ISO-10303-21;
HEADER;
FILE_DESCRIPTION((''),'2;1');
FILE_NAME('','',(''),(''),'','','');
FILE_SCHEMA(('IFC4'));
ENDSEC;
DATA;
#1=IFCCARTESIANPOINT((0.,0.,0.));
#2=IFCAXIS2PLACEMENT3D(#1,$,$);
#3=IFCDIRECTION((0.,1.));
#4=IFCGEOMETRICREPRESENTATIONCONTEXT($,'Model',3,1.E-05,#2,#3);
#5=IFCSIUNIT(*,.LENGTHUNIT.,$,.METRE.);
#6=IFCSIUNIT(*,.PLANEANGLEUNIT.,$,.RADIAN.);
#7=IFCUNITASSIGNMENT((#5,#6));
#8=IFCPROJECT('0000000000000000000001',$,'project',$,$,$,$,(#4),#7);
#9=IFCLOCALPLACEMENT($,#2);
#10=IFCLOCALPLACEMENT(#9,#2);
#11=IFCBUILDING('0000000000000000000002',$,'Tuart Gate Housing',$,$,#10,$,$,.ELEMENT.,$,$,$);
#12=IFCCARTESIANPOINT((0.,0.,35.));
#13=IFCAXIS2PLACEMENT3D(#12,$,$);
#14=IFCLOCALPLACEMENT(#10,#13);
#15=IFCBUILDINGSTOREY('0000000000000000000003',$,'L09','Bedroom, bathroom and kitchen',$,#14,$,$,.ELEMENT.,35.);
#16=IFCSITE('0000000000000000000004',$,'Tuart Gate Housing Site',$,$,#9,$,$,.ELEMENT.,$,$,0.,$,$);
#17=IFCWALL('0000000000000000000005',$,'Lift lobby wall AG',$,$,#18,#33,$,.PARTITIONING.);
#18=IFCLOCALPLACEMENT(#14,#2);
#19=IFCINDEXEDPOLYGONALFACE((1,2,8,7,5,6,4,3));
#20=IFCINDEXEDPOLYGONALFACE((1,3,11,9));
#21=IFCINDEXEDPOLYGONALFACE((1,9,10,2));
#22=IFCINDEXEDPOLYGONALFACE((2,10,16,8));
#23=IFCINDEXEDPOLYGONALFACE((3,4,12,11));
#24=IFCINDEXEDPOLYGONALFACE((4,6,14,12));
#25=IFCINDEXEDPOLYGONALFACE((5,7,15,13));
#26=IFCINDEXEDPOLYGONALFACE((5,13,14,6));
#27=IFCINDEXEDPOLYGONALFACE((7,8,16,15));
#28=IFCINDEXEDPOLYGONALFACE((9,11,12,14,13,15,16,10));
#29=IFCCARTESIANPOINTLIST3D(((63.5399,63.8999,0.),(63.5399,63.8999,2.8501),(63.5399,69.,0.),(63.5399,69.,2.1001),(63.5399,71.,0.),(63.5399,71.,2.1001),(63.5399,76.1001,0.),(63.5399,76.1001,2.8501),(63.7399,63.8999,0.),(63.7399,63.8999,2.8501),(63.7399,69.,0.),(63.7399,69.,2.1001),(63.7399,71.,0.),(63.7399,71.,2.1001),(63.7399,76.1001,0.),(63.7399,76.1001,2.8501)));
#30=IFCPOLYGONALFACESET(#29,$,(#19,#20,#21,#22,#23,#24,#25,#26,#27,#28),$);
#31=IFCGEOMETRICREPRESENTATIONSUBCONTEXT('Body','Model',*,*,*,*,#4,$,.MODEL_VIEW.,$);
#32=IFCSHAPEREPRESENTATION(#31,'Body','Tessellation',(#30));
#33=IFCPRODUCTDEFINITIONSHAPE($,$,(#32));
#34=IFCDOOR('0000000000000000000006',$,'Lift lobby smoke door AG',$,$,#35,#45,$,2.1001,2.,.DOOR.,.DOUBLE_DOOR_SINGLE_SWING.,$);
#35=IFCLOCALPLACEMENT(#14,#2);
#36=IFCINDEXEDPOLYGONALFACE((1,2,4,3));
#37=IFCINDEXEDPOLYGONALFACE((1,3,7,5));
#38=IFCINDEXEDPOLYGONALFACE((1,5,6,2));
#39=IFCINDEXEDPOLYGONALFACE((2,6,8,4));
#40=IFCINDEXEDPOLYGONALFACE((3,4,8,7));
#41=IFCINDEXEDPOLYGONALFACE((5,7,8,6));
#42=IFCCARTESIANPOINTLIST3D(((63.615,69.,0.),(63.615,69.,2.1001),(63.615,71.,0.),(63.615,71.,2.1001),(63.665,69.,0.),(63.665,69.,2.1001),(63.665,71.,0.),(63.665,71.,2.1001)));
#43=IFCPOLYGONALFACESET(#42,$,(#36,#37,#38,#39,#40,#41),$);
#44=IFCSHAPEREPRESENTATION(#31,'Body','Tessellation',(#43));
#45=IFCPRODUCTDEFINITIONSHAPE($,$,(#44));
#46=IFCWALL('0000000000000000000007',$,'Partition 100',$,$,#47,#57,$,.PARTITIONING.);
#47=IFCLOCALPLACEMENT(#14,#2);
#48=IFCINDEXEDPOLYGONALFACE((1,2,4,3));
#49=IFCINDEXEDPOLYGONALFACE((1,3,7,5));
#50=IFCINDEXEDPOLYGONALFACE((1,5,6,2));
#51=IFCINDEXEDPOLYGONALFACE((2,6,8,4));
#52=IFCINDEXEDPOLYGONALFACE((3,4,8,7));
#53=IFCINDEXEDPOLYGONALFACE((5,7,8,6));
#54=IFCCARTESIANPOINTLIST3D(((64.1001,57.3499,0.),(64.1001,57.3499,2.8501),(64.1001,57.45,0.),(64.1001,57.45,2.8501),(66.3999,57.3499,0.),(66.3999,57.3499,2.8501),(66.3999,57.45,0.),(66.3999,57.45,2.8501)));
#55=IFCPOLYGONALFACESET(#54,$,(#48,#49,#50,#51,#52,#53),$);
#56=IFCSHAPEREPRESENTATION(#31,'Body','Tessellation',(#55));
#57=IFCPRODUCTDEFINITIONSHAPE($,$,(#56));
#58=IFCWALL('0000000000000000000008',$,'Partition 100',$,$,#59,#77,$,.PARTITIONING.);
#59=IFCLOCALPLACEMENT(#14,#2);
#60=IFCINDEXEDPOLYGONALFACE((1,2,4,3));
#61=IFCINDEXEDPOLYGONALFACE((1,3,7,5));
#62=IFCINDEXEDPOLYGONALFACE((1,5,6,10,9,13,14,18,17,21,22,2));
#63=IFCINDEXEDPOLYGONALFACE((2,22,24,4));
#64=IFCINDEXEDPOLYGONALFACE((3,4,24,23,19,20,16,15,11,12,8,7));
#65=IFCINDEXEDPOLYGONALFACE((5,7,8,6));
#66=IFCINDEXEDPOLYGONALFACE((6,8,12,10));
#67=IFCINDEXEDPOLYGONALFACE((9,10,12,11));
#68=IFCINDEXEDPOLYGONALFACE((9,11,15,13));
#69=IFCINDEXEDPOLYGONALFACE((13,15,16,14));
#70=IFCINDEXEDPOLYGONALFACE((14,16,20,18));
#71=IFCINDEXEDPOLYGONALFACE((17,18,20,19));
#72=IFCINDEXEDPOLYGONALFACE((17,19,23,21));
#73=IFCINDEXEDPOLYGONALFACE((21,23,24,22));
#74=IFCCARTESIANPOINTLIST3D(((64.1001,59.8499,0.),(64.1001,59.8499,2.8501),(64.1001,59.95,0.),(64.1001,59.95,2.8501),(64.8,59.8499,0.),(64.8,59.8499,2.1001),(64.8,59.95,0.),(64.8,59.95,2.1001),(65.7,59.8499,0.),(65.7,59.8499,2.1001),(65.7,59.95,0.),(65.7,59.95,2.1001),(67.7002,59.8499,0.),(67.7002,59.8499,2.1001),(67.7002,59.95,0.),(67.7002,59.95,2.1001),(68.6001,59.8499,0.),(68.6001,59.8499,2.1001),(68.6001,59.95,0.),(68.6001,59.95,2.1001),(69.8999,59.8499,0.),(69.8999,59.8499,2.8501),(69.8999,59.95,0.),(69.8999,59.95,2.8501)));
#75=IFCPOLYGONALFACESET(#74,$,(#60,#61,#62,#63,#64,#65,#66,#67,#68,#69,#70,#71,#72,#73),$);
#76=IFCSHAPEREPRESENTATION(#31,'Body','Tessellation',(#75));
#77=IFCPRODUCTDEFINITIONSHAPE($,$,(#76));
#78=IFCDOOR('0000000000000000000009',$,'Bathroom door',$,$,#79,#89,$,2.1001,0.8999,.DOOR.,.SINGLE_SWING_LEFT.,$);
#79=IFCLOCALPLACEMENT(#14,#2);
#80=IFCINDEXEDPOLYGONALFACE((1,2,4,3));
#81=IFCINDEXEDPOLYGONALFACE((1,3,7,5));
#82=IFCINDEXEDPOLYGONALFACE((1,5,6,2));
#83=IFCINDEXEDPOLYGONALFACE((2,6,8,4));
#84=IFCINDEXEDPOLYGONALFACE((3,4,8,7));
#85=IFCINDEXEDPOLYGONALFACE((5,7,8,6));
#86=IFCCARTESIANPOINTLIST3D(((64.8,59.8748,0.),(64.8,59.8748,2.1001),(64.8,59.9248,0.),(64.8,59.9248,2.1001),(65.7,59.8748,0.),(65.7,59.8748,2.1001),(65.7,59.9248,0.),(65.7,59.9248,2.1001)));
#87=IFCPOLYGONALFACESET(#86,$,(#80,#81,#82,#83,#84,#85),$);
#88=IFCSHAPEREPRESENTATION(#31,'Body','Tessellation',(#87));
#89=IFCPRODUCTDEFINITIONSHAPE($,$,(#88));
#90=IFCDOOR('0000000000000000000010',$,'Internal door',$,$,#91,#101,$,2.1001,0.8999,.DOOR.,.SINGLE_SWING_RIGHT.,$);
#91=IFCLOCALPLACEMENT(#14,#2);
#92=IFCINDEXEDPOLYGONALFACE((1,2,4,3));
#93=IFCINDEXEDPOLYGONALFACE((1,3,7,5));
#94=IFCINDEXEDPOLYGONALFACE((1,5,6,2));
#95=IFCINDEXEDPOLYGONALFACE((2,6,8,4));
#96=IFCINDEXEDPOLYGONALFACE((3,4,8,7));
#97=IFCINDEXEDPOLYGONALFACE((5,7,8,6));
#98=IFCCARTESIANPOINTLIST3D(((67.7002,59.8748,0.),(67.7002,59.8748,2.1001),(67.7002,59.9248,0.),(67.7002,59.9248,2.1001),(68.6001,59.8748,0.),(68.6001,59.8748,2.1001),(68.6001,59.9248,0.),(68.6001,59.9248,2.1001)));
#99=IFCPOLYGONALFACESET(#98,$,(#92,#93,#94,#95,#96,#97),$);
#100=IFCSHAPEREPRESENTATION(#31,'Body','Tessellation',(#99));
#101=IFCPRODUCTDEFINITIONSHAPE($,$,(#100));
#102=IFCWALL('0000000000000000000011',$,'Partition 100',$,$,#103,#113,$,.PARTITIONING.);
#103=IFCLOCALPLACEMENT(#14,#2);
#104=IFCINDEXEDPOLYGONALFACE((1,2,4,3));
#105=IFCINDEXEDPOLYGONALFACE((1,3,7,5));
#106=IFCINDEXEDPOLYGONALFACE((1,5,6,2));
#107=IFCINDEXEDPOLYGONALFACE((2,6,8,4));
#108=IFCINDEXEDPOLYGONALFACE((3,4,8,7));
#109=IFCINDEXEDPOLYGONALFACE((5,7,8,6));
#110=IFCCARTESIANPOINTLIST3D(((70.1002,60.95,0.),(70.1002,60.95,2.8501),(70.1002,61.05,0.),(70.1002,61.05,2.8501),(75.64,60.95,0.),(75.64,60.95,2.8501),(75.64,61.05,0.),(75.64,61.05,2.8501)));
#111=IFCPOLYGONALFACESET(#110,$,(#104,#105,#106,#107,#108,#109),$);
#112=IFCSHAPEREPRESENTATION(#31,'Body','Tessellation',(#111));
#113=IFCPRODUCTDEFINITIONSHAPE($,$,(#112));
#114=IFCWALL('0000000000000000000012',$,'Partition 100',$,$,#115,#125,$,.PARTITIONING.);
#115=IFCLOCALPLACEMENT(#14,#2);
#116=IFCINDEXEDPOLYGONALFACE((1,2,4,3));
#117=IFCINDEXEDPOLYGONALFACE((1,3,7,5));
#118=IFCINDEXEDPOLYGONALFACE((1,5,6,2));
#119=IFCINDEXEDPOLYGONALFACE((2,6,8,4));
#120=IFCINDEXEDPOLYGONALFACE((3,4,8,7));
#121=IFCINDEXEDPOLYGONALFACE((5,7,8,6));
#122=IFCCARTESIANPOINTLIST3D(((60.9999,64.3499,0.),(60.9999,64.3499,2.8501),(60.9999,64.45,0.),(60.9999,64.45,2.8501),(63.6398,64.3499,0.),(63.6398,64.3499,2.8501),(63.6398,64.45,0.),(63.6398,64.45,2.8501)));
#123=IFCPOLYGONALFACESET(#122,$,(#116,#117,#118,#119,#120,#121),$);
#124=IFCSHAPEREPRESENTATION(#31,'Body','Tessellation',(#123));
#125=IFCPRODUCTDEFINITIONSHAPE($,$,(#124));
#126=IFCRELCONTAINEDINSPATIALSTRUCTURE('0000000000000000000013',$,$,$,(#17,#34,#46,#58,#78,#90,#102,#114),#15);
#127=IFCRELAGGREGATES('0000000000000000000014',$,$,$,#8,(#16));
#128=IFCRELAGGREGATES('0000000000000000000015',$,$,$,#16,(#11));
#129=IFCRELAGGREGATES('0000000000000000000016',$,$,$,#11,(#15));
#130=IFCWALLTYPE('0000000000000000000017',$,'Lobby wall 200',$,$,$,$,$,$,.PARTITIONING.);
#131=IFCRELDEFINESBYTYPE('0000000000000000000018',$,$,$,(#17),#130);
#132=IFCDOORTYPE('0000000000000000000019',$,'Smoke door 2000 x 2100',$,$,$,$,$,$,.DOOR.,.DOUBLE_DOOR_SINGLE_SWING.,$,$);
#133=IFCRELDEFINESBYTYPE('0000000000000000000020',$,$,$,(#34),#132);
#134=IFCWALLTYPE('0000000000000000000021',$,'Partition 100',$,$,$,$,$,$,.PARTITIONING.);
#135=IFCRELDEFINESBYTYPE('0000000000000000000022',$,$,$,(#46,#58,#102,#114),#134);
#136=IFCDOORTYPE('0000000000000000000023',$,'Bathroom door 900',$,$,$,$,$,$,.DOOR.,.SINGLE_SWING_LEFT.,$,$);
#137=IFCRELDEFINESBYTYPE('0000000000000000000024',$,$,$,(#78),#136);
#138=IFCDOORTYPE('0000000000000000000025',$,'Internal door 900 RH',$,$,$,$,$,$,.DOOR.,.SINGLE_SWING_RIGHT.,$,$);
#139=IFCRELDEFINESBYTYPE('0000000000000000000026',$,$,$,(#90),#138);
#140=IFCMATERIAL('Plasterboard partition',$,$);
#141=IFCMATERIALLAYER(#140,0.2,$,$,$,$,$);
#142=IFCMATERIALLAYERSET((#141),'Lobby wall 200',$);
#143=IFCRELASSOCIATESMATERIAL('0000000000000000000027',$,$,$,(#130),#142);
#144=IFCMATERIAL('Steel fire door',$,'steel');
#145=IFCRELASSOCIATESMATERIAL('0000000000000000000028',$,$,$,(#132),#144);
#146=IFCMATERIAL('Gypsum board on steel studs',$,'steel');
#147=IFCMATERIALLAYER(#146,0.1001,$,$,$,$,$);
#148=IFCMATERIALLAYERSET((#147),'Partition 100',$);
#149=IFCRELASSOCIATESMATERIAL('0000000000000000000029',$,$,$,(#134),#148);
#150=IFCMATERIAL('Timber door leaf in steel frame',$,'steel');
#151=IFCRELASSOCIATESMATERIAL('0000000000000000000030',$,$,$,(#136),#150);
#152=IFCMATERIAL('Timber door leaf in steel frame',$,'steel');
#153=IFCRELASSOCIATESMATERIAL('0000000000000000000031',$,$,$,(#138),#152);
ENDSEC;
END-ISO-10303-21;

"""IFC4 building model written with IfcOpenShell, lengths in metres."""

from ifc_helpers import new_model, si_unit, direction, frame, frame_2d, origin, place, context, subcontext, project, spatial, rectangle, extrude, material, layer, layer_set, type_object, element, fill, save


model = new_model("IFC4")

# Units and contexts
model_context = context("Model", 3, precision=1e-05, world=origin(), true_north=direction((0.0, 1.0)))
body_context = subcontext(model_context, "Body", "Model", "MODEL_VIEW")
ifc_project = project(units=[si_unit("LENGTHUNIT", "METRE"), si_unit("PLANEANGLEUNIT", "RADIAN")], contexts=[model_context])

# Site, building, storey
site_placement = place(None, origin())
site = spatial("IfcSite", under=ifc_project, at=site_placement, Name="Tuart Gate Housing Site", CompositionType="ELEMENT", RefElevation=0.0)
building_placement = place(site_placement, origin())
building = spatial("IfcBuilding", under=site, at=building_placement, Name="Tuart Gate Housing", CompositionType="ELEMENT")
storey_placement = place(building_placement, frame((0.0, 0.0, 35.0)))
storey = spatial("IfcBuildingStorey", under=building, at=storey_placement, Name="L09", Description="Bedroom, bathroom and kitchen", CompositionType="ELEMENT", Elevation=35.0)

# Wall, opening, door
ifc_material_1 = material(Name="Plasterboard partition")
ifc_layer_1 = layer(ifc_material_1, 0.2)
ifc_layer_set_1 = layer_set([ifc_layer_1], Name="Lobby wall 200")
wall_type_1 = type_object("IfcWallType", Name="Lobby wall 200", PredefinedType="PARTITIONING", material=ifc_layer_set_1)
wall_1_placement = place(storey_placement, frame((63.6399, 63.8999, 0.0), z_axis=(0.0, 0.0, 1.0), x_axis=(0.0, 1.0, 0.0)))
wall_1 = element("IfcWall", 1, at=wall_1_placement, inside=storey, type_object=wall_type_1, Name="Lift lobby wall AG", PredefinedType="PARTITIONING", context=body_context, shape_type="SweptSolid", body=[
    extrude(rectangle(XDim=12.2002, YDim=0.2, at=frame_2d((6.1001, 0.0))), origin(), (0.0, 0.0, 1.0), 2.8501),
])
opening_1_placement = place(wall_1_placement, frame((5.1001, 0.0, 0.0)))
opening_1 = element("IfcOpeningElement", 2, at=opening_1_placement, cuts=wall_1, PredefinedType="OPENING", context=body_context, shape_type="SweptSolid", body=[
    extrude(rectangle(XDim=2.0, YDim=2.1001, at=frame_2d((1.0, 1.05))), frame((0.0, 0.1099, 0.0), z_axis=(0.0, -1.0, 0.0), x_axis=(1.0, 0.0, 0.0)), (0.0, 0.0, 1.0), 0.22),
])
ifc_material_2 = material(Name="Steel fire door", Category="steel")
door_type_1 = type_object("IfcDoorType", Name="Smoke door 2000 x 2100", OperationType="DOUBLE_DOOR_SINGLE_SWING", PredefinedType="DOOR", material=ifc_material_2)
door_1_placement = place(opening_1_placement, frame((2.0, 0.0, 0.0), z_axis=(0.0, 0.0, 1.0), x_axis=(-1.0, 0.0, 0.0)))
door_1 = element("IfcDoor", 3, at=door_1_placement, inside=storey, type_object=door_type_1, Name="Lift lobby smoke door AG", OperationType="DOUBLE_DOOR_SINGLE_SWING", OverallHeight=2.1001, OverallWidth=2.0, PredefinedType="DOOR", context=body_context, shape_type="SweptSolid", body=[
    extrude(rectangle(XDim=2.0, YDim=2.1001, at=frame_2d((1.0, 1.05))), frame((0.0, 0.0251, 0.0), z_axis=(0.0, -1.0, 0.0), x_axis=(1.0, 0.0, 0.0)), (0.0, 0.0, 1.0), 0.05),
])
fill(opening_1, door_1)

# Wall
ifc_material_3 = material(Name="Gypsum board on steel studs", Category="steel")
ifc_layer_2 = layer(ifc_material_3, 0.1001)
ifc_layer_set_2 = layer_set([ifc_layer_2], Name="Partition 100")
wall_type_2 = type_object("IfcWallType", Name="Partition 100", PredefinedType="PARTITIONING", material=ifc_layer_set_2)
wall_2_placement = place(storey_placement, frame((64.1001, 57.3999, 0.0), z_axis=(0.0, 0.0, 1.0), x_axis=(1.0, 0.0, 0.0)))
element("IfcWall", 4, at=wall_2_placement, inside=storey, type_object=wall_type_2, Name="Partition 100", PredefinedType="PARTITIONING", context=body_context, shape_type="SweptSolid", body=[
    extrude(rectangle(XDim=2.2998, YDim=0.1001, at=frame_2d((1.1499, 0.0))), origin(), (0.0, 0.0, 1.0), 2.8501),
])

# Wall, openings, doors
wall_3_placement = place(storey_placement, frame((64.1001, 59.8999, 0.0), z_axis=(0.0, 0.0, 1.0), x_axis=(1.0, 0.0, 0.0)))
wall_3 = element("IfcWall", 5, at=wall_3_placement, inside=storey, type_object=wall_type_2, Name="Partition 100", PredefinedType="PARTITIONING", context=body_context, shape_type="SweptSolid", body=[
    extrude(rectangle(XDim=5.7998, YDim=0.1001, at=frame_2d((2.8999, 0.0))), origin(), (0.0, 0.0, 1.0), 2.8501),
])
opening_2_placement = place(wall_3_placement, frame((3.6001, 0.0, 0.0)))
opening_2 = element("IfcOpeningElement", 6, at=opening_2_placement, cuts=wall_3, PredefinedType="OPENING", context=body_context, shape_type="SweptSolid", body=[
    extrude(rectangle(XDim=0.8999, YDim=2.1001, at=frame_2d((0.45, 1.05))), frame((0.0, 0.0601, 0.0), z_axis=(0.0, -1.0, 0.0), x_axis=(1.0, 0.0, 0.0)), (0.0, 0.0, 1.0), 0.1201),
])
opening_3_placement = place(wall_3_placement, frame((0.7, 0.0, 0.0)))
opening_3 = element("IfcOpeningElement", 7, at=opening_3_placement, cuts=wall_3, PredefinedType="OPENING", context=body_context, shape_type="SweptSolid", body=[
    extrude(rectangle(XDim=0.8999, YDim=2.1001, at=frame_2d((0.45, 1.05))), frame((0.0, 0.0601, 0.0), z_axis=(0.0, -1.0, 0.0), x_axis=(1.0, 0.0, 0.0)), (0.0, 0.0, 1.0), 0.1201),
])
ifc_material_4 = material(Name="Timber door leaf in steel frame", Category="steel")
door_type_2 = type_object("IfcDoorType", Name="Bathroom door 900", OperationType="SINGLE_SWING_LEFT", PredefinedType="DOOR", material=ifc_material_4)
door_2_placement = place(opening_3_placement, frame((0.8999, 0.0, 0.0), z_axis=(0.0, 0.0, 1.0), x_axis=(-1.0, 0.0, 0.0)))
door_2 = element("IfcDoor", 8, at=door_2_placement, inside=storey, type_object=door_type_2, Name="Bathroom door", OperationType="SINGLE_SWING_LEFT", OverallHeight=2.1001, OverallWidth=0.8999, PredefinedType="DOOR", context=body_context, shape_type="SweptSolid", body=[
    extrude(rectangle(XDim=0.8999, YDim=2.1001, at=frame_2d((0.45, 1.05))), frame((0.0, 0.0251, 0.0), z_axis=(0.0, -1.0, 0.0), x_axis=(1.0, 0.0, 0.0)), (0.0, 0.0, 1.0), 0.05),
])
fill(opening_3, door_2)
ifc_material_5 = material(Name="Timber door leaf in steel frame", Category="steel")
door_type_3 = type_object("IfcDoorType", Name="Internal door 900 RH", OperationType="SINGLE_SWING_RIGHT", PredefinedType="DOOR", material=ifc_material_5)
door_3_placement = place(opening_2_placement, origin())
door_3 = element("IfcDoor", 9, at=door_3_placement, inside=storey, type_object=door_type_3, Name="Internal door", OperationType="SINGLE_SWING_RIGHT", OverallHeight=2.1001, OverallWidth=0.8999, PredefinedType="DOOR", context=body_context, shape_type="SweptSolid", body=[
    extrude(rectangle(XDim=0.8999, YDim=2.1001, at=frame_2d((0.45, 1.05))), frame((0.0, 0.0249, 0.0), z_axis=(0.0, -1.0, 0.0), x_axis=(1.0, 0.0, 0.0)), (0.0, 0.0, 1.0), 0.05),
])
fill(opening_2, door_3)

# Walls
wall_4_placement = place(storey_placement, frame((70.1001, 61.0, 0.0), z_axis=(0.0, 0.0, 1.0), x_axis=(1.0, 0.0, 0.0)))
element("IfcWall", 10, at=wall_4_placement, inside=storey, type_object=wall_type_2, Name="Partition 100", PredefinedType="PARTITIONING", context=body_context, shape_type="SweptSolid", body=[
    extrude(rectangle(XDim=5.5398, YDim=0.1001, at=frame_2d((2.77, 0.0))), origin(), (0.0, 0.0, 1.0), 2.8501),
])
wall_5_placement = place(storey_placement, frame((61.0, 64.3999, 0.0), z_axis=(0.0, 0.0, 1.0), x_axis=(1.0, 0.0, 0.0)))
element("IfcWall", 11, at=wall_5_placement, inside=storey, type_object=wall_type_2, Name="Partition 100", PredefinedType="PARTITIONING", context=body_context, shape_type="SweptSolid", body=[
    extrude(rectangle(XDim=2.6399, YDim=0.1001, at=frame_2d((1.3198, 0.0))), origin(), (0.0, 0.0, 1.0), 2.8501),
])

save(model, "model.ifc")
